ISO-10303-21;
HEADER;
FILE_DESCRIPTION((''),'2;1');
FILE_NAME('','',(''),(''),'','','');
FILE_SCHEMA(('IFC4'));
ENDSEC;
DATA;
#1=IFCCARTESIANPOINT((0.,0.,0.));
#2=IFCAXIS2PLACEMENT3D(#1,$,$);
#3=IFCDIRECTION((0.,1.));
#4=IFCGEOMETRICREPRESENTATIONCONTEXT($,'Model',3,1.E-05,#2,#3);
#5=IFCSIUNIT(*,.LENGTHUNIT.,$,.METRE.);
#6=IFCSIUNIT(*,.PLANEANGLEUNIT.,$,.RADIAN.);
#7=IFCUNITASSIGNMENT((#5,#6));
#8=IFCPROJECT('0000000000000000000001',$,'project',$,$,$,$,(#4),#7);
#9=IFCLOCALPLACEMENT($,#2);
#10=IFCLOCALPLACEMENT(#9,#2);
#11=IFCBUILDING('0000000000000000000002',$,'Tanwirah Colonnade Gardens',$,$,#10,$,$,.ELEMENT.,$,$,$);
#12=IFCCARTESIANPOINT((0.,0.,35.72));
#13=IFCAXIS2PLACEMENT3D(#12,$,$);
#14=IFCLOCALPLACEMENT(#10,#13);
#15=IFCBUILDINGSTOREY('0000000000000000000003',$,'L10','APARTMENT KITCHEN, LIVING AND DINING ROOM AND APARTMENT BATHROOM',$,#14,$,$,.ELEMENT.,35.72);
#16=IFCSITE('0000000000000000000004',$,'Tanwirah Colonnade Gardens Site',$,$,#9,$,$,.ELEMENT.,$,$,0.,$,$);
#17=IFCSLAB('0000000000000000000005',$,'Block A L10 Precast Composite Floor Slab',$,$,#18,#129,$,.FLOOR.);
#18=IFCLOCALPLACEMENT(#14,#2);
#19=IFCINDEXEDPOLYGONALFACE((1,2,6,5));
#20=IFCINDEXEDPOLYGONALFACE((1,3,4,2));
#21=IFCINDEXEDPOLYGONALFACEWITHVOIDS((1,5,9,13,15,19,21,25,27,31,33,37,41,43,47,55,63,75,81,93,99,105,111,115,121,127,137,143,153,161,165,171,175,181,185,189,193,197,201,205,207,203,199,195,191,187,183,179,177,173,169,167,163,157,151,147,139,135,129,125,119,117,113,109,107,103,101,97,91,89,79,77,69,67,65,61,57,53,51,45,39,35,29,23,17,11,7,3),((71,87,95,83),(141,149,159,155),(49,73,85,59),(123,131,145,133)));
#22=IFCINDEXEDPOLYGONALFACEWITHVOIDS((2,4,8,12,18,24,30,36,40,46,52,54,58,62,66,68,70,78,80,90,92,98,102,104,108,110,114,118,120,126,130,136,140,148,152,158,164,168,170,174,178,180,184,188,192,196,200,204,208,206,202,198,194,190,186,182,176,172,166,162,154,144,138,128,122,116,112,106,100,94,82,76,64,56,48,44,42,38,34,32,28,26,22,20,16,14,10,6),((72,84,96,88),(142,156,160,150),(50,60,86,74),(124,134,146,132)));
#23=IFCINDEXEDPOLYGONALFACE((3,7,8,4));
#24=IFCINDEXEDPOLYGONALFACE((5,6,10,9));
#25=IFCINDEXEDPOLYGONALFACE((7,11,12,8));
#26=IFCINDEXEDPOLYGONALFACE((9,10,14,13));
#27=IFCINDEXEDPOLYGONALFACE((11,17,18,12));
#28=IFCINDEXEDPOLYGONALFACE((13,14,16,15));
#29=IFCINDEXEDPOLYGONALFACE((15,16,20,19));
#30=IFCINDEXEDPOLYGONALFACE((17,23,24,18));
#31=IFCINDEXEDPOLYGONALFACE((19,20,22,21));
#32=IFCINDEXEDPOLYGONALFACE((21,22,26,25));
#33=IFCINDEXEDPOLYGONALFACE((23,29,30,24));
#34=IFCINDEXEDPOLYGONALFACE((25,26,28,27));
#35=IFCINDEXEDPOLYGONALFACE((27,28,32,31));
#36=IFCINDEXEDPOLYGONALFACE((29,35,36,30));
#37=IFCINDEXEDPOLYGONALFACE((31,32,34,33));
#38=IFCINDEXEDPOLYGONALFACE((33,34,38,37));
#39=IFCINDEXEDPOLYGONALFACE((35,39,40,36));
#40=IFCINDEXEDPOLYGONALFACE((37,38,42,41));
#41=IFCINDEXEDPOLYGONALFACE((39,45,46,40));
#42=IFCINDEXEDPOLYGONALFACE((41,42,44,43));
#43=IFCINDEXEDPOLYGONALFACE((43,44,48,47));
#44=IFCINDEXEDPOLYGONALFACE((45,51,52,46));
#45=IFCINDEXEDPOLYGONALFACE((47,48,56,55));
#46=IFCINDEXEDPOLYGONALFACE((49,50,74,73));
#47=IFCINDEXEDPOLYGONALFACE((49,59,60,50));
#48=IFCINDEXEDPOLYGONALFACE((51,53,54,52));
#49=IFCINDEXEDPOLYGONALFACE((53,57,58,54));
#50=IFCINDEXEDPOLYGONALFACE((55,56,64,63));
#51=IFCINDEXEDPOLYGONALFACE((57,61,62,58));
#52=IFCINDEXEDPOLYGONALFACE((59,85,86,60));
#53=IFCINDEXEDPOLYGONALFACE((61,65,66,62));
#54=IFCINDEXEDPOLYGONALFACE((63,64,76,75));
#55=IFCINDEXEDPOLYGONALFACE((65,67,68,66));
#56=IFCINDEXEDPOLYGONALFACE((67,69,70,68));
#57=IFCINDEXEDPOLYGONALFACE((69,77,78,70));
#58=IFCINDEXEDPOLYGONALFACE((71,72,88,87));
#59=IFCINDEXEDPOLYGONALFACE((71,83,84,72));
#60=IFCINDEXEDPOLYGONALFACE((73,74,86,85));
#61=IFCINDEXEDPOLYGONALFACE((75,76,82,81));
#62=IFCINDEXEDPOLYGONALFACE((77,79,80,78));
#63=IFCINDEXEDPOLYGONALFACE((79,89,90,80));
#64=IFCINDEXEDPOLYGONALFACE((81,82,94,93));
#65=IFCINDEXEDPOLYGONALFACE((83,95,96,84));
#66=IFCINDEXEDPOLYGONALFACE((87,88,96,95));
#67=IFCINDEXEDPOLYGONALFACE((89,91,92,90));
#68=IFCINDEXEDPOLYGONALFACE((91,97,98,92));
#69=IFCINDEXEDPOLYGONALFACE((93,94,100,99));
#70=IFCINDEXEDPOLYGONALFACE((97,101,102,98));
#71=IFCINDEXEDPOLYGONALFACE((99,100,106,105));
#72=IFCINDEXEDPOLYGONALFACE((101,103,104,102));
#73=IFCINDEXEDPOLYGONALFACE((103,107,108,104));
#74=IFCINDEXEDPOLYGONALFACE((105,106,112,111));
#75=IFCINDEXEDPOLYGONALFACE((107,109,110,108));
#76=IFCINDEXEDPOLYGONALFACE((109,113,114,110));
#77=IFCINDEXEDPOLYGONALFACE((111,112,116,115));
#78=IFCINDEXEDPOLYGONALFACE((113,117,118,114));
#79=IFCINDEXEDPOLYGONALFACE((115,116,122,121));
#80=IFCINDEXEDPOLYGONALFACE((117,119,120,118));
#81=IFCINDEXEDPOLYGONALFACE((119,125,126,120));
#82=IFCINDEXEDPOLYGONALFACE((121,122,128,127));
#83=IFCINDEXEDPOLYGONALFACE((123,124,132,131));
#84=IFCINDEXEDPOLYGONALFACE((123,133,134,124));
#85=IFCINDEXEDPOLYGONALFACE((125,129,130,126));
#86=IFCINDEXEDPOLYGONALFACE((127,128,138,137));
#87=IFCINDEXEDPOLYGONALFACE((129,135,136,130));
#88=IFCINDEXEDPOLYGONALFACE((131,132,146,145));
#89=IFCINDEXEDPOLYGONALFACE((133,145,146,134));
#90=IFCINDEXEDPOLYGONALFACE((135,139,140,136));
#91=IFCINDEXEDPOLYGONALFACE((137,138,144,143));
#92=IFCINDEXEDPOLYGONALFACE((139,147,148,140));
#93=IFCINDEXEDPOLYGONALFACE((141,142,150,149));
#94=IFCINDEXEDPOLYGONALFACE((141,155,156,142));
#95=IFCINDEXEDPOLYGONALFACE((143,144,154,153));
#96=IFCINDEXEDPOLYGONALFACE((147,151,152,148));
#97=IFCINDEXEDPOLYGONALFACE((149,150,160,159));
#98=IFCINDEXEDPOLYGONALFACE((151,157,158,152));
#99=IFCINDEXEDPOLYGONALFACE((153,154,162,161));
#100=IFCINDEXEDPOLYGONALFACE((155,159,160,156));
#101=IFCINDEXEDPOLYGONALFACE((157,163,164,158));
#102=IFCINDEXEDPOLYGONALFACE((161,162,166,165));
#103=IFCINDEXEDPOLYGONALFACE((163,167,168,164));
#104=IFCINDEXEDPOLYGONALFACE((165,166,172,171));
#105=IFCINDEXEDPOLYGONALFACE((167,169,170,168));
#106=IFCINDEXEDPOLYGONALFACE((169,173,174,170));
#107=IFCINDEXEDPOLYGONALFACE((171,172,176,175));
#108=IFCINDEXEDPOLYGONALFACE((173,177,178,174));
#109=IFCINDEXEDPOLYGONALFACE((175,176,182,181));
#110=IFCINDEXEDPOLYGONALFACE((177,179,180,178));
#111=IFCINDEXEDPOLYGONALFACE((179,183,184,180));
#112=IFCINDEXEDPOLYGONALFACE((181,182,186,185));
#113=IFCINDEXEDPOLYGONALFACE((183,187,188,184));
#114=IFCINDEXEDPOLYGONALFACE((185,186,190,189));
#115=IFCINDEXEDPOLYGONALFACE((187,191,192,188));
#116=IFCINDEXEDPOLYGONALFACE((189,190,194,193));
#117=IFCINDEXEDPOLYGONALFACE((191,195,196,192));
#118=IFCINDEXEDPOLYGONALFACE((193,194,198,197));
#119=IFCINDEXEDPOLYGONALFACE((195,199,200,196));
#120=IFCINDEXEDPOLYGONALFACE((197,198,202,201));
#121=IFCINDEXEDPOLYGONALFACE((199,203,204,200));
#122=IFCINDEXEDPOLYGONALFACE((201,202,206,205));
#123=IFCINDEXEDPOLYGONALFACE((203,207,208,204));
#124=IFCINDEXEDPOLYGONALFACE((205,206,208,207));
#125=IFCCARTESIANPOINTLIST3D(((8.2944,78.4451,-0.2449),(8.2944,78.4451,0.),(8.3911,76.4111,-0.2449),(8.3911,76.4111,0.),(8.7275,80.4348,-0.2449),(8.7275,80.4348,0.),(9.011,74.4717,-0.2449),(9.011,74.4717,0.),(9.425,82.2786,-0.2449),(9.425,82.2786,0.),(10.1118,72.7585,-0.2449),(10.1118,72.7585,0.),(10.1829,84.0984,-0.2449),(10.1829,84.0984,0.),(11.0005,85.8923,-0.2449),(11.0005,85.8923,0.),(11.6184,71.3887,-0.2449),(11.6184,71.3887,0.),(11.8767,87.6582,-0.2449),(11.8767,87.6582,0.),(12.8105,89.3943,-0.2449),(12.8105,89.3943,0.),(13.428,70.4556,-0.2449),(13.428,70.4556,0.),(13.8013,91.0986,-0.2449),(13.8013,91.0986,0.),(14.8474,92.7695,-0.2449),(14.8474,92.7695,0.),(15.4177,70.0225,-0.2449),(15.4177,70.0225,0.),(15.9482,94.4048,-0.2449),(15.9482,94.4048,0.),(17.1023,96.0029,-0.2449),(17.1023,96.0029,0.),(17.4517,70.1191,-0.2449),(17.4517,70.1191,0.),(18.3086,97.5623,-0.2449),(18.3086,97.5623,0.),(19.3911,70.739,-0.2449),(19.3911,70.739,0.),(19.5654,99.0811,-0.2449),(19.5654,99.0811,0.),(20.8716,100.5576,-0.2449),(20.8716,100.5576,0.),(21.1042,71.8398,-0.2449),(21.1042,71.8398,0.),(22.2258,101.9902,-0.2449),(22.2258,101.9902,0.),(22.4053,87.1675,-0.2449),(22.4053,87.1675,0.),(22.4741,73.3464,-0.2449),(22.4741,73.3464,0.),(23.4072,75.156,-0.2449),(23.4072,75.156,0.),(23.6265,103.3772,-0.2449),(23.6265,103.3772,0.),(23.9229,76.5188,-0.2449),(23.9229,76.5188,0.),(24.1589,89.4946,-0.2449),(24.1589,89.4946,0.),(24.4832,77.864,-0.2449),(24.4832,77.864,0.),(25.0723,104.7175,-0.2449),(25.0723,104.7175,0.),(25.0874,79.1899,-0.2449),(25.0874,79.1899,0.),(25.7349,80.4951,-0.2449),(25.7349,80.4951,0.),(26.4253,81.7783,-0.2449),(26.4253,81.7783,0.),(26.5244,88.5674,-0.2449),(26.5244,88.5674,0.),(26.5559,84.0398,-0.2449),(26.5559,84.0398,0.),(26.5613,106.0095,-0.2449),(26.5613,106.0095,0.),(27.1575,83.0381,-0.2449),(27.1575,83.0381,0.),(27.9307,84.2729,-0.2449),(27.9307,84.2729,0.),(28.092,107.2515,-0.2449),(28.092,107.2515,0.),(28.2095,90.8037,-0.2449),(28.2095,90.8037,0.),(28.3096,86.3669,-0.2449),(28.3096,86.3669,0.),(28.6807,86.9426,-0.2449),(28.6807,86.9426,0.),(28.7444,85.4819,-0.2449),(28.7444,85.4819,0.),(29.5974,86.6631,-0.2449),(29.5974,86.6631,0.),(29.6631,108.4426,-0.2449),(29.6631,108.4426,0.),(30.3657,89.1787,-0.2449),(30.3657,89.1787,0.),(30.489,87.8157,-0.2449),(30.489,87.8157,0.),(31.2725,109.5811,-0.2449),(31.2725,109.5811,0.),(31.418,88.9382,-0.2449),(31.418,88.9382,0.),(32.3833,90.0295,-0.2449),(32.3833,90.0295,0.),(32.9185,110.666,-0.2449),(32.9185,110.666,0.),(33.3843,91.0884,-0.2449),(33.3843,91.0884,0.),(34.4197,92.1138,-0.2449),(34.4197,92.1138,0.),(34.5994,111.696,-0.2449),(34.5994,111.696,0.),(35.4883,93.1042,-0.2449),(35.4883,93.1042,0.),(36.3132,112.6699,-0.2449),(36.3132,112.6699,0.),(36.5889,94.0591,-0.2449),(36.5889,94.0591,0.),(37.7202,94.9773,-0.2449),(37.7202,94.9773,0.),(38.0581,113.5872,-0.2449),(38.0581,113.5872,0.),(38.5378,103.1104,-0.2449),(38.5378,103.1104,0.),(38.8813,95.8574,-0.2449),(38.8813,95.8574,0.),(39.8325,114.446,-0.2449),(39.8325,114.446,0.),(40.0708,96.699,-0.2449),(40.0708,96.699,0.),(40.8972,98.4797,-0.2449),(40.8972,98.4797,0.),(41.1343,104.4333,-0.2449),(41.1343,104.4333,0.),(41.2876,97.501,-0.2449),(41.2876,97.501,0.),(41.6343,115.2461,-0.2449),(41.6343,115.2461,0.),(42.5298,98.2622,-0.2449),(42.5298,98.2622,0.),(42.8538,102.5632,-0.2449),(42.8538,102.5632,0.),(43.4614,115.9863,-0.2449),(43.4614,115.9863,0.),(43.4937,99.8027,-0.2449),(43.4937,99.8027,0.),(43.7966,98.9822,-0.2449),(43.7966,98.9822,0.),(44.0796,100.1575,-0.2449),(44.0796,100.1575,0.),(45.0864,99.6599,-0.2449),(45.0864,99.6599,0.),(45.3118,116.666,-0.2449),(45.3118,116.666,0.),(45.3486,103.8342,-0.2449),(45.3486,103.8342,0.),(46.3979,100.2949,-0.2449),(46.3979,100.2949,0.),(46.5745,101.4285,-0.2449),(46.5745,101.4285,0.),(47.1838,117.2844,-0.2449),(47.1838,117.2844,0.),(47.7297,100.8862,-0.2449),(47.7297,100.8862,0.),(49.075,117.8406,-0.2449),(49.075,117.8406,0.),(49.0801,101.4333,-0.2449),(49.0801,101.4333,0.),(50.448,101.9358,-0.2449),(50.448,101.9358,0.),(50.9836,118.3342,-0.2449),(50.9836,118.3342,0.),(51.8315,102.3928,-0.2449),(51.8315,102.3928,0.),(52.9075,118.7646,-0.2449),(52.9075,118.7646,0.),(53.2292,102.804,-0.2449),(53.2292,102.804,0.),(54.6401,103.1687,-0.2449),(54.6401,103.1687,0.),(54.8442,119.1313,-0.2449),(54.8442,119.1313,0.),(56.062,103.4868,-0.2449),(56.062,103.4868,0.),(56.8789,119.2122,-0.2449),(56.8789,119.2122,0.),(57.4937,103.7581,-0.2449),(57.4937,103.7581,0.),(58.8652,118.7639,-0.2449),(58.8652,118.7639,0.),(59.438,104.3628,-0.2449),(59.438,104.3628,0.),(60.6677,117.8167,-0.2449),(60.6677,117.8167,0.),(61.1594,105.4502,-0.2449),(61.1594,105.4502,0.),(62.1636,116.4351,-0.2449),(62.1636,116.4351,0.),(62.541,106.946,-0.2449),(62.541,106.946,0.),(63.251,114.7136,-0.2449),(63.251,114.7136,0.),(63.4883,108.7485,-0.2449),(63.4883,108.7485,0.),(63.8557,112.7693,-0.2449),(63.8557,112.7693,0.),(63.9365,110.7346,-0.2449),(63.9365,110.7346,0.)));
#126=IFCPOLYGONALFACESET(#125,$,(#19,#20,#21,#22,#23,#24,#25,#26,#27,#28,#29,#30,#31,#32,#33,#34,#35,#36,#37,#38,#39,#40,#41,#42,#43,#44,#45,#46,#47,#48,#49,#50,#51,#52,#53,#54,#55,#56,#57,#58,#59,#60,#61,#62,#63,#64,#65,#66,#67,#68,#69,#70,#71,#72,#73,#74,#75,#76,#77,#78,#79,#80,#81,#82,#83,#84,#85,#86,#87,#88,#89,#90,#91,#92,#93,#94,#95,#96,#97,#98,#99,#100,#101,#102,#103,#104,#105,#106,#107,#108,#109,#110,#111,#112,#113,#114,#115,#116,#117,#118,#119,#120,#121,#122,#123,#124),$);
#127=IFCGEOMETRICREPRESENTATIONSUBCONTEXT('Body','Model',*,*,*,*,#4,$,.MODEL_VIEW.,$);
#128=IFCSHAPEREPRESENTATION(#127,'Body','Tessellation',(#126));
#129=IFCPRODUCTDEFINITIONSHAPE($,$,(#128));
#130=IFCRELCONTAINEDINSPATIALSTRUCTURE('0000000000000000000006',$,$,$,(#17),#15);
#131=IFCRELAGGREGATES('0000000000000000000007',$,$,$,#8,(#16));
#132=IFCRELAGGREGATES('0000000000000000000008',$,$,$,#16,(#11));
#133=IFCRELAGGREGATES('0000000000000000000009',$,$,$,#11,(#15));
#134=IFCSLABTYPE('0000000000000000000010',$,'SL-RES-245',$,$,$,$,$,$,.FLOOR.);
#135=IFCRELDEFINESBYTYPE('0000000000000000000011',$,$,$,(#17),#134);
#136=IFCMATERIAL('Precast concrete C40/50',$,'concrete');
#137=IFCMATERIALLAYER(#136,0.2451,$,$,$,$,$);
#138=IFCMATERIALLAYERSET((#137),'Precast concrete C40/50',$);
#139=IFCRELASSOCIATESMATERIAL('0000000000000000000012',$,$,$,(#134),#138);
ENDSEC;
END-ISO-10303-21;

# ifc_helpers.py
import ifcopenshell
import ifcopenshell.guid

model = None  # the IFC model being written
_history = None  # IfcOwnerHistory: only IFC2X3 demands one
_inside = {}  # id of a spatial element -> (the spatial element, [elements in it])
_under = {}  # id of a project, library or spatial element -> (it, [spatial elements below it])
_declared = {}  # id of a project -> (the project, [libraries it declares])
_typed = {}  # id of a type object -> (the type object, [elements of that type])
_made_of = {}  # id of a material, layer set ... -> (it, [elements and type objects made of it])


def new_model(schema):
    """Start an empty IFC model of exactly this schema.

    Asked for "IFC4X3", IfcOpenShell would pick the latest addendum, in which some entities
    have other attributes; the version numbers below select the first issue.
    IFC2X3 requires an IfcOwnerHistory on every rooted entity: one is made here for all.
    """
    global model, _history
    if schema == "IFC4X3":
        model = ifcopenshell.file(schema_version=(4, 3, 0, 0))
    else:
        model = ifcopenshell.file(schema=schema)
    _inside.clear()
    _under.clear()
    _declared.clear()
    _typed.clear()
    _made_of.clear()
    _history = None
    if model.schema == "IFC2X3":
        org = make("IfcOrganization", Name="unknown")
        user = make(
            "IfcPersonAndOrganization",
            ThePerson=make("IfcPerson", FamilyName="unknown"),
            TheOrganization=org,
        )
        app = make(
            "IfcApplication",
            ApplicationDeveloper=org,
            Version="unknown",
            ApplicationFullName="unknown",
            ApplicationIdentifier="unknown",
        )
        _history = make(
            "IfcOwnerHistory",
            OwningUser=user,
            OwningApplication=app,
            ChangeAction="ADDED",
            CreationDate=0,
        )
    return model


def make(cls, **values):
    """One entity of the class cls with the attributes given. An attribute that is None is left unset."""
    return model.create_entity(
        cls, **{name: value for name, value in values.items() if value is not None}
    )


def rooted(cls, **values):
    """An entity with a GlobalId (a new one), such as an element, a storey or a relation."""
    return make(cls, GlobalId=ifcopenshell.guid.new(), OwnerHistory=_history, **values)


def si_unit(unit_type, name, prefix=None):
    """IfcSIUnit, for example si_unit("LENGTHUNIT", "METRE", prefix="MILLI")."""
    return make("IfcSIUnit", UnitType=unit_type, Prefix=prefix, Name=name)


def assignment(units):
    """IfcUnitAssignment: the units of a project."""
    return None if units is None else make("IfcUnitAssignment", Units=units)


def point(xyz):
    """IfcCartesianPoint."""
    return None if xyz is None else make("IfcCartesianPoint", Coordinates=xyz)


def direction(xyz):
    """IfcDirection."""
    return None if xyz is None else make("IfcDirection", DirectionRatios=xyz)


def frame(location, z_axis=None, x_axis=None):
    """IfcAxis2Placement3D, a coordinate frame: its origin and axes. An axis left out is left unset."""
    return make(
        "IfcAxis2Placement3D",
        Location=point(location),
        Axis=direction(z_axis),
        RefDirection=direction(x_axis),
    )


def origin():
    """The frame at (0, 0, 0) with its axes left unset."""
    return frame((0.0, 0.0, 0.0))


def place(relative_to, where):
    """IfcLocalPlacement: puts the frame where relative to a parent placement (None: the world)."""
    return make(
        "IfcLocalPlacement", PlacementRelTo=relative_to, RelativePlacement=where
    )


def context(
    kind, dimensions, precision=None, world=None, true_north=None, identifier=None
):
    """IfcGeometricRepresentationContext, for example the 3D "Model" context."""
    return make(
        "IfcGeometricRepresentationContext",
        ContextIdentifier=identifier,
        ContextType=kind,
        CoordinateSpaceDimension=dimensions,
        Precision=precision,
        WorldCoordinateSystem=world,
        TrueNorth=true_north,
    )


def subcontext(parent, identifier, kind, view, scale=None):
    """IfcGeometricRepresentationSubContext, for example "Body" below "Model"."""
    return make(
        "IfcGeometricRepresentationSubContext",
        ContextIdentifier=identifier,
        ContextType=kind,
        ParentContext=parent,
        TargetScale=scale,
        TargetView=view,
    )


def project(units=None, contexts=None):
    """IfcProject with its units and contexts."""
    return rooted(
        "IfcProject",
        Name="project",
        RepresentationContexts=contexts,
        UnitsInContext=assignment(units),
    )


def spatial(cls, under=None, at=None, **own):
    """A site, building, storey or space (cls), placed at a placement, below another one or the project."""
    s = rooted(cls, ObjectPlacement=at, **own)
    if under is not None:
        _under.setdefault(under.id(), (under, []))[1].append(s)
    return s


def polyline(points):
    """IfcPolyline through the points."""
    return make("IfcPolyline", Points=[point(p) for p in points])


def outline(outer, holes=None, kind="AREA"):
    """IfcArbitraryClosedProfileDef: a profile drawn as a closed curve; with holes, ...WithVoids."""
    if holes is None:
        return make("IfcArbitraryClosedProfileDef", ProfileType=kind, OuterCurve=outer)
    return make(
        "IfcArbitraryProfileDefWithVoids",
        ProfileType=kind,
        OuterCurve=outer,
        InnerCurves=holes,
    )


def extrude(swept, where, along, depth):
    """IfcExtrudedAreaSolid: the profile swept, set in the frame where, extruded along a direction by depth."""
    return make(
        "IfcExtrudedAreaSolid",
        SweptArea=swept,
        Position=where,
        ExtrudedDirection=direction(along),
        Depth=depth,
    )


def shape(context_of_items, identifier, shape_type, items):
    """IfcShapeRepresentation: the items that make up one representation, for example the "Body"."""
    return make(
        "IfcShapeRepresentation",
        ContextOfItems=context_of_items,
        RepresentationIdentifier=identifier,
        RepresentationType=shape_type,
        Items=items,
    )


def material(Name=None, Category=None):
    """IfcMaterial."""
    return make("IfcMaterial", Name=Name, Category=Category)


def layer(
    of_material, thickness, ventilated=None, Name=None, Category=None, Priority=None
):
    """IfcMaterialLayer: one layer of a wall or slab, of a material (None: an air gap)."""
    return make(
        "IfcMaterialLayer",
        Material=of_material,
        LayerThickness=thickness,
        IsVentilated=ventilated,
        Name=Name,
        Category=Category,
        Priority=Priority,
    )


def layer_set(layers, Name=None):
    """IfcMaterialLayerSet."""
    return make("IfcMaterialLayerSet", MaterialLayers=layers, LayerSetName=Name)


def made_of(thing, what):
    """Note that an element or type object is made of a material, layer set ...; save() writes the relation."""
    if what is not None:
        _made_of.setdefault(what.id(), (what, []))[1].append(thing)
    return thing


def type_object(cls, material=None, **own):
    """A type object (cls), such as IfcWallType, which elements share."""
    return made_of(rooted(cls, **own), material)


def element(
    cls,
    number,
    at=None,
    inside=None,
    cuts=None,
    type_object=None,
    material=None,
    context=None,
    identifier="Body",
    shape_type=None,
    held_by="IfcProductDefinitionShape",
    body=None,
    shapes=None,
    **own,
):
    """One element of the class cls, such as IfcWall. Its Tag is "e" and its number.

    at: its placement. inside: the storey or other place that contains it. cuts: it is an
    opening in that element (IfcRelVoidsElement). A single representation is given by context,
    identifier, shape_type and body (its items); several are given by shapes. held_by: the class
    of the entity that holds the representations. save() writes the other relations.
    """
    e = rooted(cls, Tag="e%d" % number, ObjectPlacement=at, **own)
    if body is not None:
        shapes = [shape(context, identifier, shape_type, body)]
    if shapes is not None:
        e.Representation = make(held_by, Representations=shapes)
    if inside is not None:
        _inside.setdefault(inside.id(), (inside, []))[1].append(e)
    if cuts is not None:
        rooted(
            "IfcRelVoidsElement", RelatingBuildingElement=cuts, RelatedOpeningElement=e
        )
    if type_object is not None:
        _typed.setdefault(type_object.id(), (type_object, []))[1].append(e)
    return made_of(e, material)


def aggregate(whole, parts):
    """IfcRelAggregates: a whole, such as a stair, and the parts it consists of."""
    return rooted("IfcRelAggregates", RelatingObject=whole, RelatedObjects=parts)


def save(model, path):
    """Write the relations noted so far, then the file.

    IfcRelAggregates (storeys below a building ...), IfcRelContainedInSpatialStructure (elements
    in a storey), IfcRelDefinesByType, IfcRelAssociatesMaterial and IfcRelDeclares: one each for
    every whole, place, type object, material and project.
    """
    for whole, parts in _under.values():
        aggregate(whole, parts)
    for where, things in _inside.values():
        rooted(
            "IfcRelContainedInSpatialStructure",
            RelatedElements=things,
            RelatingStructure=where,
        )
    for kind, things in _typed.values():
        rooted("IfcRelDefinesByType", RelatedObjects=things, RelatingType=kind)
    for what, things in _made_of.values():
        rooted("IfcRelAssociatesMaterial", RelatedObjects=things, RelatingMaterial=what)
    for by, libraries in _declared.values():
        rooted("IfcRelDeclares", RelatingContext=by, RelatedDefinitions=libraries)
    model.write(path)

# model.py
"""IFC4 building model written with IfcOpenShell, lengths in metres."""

from ifc_helpers import new_model, si_unit, direction, frame, origin, place, context, subcontext, project, spatial, polyline, outline, extrude, material, layer, layer_set, type_object, element, save


model = new_model("IFC4")

# Units and contexts
model_context = context("Model", 3, precision=1e-05, world=origin(), true_north=direction((0.0, 1.0)))
body_context = subcontext(model_context, "Body", "Model", "MODEL_VIEW")
ifc_project = project(units=[si_unit("LENGTHUNIT", "METRE"), si_unit("PLANEANGLEUNIT", "RADIAN")], contexts=[model_context])

# Site, building, storey
site_placement = place(None, origin())
site = spatial("IfcSite", under=ifc_project, at=site_placement, Name="Tanwirah Colonnade Gardens Site", CompositionType="ELEMENT", RefElevation=0.0)
building_placement = place(site_placement, origin())
building = spatial("IfcBuilding", under=site, at=building_placement, Name="Tanwirah Colonnade Gardens", CompositionType="ELEMENT")
storey_placement = place(building_placement, frame((0.0, 0.0, 35.72)))
storey = spatial("IfcBuildingStorey", under=building, at=storey_placement, Name="L10", Description="APARTMENT KITCHEN, LIVING AND DINING ROOM AND APARTMENT BATHROOM", CompositionType="ELEMENT", Elevation=35.72)

# Shared definitions
ifc_material_1 = material(Name="Precast concrete C40/50", Category="concrete")

# Slab
ifc_layer_1 = layer(ifc_material_1, 0.2451)
ifc_layer_set_1 = layer_set([ifc_layer_1], Name="Precast concrete C40/50")
slab_type_1 = type_object("IfcSlabType", Name="SL-RES-245", PredefinedType="FLOOR", material=ifc_layer_set_1)
slab_1_placement = place(storey_placement, frame((0.0, 0.0, -0.2449)))
element("IfcSlab", 1, at=slab_1_placement, inside=storey, type_object=slab_type_1, Name="Block A L10 Precast Composite Floor Slab", PredefinedType="FLOOR", context=body_context, shape_type="SweptSolid", body=[
    extrude(outline(polyline([(54.6401, 103.1687), (56.062, 103.4868), (57.4937, 103.7581), (59.438, 104.3628), (61.1594, 105.4502), (62.541, 106.946), (63.4883, 108.7485), (63.9365, 110.7346), (63.8557, 112.7693), (63.251, 114.7136), (62.1636, 116.4351), (60.6677, 117.8167), (58.8652, 118.7639), (56.8789, 119.2122), (54.8442, 119.1313), (52.9075, 118.7646), (50.9836, 118.3342), (49.075, 117.8406), (47.1838, 117.2844), (45.3118, 116.666), (43.4614, 115.9863), (41.6343, 115.2461), (39.8325, 114.446), (38.0581, 113.5872), (36.3132, 112.6699), (34.5994, 111.696), (32.9185, 110.666), (31.2725, 109.5811), (29.6631, 108.4426), (28.092, 107.2515), (26.5613, 106.0095), (25.0723, 104.7175), (23.6265, 103.3772), (22.2258, 101.9902), (20.8716, 100.5576), (19.5654, 99.0811), (18.3086, 97.5623), (17.1023, 96.0029), (15.9482, 94.4048), (14.8474, 92.7695), (13.8013, 91.0986), (12.8105, 89.3943), (11.8767, 87.6582), (11.0005, 85.8923), (10.1829, 84.0984), (9.425, 82.2786), (8.7275, 80.4348), (8.2944, 78.4451), (8.3911, 76.4111), (9.011, 74.4717), (10.1118, 72.7585), (11.6184, 71.3887), (13.428, 70.4556), (15.4177, 70.0225), (17.4517, 70.1191), (19.3911, 70.739), (21.1042, 71.8398), (22.4741, 73.3464), (23.4072, 75.156), (23.9229, 76.5188), (24.4832, 77.864), (25.0874, 79.1899), (25.7349, 80.4951), (26.4253, 81.7783), (27.1575, 83.0381), (27.9307, 84.2729), (28.7444, 85.4819), (29.5974, 86.6631), (30.489, 87.8157), (31.418, 88.9382), (32.3833, 90.0295), (33.3843, 91.0884), (34.4197, 92.1138), (35.4883, 93.1042), (36.5889, 94.0591), (37.7202, 94.9773), (38.8813, 95.8574), (40.0708, 96.699), (41.2876, 97.501), (42.5298, 98.2622), (43.7966, 98.9822), (45.0864, 99.6599), (46.3979, 100.2949), (47.7297, 100.8862), (49.0801, 101.4333), (50.448, 101.9358), (51.8315, 102.3928), (53.2292, 102.804), (54.6401, 103.1687)]), holes=[polyline([(41.1343, 104.4333), (43.4937, 99.8027), (40.8972, 98.4797), (38.5378, 103.1104), (41.1343, 104.4333)]), polyline([(46.5745, 101.4285), (44.0796, 100.1575), (42.8538, 102.5632), (45.3486, 103.8342), (46.5745, 101.4285)]), polyline([(26.5559, 84.0398), (22.4053, 87.1675), (24.1589, 89.4946), (28.3096, 86.3669), (26.5559, 84.0398)]), polyline([(26.5244, 88.5674), (28.2095, 90.8037), (30.3657, 89.1787), (28.6807, 86.9426), (26.5244, 88.5674)])]), origin(), (0.0, 0.0, 1.0), 0.2449),
])

save(model, "model.ifc")
